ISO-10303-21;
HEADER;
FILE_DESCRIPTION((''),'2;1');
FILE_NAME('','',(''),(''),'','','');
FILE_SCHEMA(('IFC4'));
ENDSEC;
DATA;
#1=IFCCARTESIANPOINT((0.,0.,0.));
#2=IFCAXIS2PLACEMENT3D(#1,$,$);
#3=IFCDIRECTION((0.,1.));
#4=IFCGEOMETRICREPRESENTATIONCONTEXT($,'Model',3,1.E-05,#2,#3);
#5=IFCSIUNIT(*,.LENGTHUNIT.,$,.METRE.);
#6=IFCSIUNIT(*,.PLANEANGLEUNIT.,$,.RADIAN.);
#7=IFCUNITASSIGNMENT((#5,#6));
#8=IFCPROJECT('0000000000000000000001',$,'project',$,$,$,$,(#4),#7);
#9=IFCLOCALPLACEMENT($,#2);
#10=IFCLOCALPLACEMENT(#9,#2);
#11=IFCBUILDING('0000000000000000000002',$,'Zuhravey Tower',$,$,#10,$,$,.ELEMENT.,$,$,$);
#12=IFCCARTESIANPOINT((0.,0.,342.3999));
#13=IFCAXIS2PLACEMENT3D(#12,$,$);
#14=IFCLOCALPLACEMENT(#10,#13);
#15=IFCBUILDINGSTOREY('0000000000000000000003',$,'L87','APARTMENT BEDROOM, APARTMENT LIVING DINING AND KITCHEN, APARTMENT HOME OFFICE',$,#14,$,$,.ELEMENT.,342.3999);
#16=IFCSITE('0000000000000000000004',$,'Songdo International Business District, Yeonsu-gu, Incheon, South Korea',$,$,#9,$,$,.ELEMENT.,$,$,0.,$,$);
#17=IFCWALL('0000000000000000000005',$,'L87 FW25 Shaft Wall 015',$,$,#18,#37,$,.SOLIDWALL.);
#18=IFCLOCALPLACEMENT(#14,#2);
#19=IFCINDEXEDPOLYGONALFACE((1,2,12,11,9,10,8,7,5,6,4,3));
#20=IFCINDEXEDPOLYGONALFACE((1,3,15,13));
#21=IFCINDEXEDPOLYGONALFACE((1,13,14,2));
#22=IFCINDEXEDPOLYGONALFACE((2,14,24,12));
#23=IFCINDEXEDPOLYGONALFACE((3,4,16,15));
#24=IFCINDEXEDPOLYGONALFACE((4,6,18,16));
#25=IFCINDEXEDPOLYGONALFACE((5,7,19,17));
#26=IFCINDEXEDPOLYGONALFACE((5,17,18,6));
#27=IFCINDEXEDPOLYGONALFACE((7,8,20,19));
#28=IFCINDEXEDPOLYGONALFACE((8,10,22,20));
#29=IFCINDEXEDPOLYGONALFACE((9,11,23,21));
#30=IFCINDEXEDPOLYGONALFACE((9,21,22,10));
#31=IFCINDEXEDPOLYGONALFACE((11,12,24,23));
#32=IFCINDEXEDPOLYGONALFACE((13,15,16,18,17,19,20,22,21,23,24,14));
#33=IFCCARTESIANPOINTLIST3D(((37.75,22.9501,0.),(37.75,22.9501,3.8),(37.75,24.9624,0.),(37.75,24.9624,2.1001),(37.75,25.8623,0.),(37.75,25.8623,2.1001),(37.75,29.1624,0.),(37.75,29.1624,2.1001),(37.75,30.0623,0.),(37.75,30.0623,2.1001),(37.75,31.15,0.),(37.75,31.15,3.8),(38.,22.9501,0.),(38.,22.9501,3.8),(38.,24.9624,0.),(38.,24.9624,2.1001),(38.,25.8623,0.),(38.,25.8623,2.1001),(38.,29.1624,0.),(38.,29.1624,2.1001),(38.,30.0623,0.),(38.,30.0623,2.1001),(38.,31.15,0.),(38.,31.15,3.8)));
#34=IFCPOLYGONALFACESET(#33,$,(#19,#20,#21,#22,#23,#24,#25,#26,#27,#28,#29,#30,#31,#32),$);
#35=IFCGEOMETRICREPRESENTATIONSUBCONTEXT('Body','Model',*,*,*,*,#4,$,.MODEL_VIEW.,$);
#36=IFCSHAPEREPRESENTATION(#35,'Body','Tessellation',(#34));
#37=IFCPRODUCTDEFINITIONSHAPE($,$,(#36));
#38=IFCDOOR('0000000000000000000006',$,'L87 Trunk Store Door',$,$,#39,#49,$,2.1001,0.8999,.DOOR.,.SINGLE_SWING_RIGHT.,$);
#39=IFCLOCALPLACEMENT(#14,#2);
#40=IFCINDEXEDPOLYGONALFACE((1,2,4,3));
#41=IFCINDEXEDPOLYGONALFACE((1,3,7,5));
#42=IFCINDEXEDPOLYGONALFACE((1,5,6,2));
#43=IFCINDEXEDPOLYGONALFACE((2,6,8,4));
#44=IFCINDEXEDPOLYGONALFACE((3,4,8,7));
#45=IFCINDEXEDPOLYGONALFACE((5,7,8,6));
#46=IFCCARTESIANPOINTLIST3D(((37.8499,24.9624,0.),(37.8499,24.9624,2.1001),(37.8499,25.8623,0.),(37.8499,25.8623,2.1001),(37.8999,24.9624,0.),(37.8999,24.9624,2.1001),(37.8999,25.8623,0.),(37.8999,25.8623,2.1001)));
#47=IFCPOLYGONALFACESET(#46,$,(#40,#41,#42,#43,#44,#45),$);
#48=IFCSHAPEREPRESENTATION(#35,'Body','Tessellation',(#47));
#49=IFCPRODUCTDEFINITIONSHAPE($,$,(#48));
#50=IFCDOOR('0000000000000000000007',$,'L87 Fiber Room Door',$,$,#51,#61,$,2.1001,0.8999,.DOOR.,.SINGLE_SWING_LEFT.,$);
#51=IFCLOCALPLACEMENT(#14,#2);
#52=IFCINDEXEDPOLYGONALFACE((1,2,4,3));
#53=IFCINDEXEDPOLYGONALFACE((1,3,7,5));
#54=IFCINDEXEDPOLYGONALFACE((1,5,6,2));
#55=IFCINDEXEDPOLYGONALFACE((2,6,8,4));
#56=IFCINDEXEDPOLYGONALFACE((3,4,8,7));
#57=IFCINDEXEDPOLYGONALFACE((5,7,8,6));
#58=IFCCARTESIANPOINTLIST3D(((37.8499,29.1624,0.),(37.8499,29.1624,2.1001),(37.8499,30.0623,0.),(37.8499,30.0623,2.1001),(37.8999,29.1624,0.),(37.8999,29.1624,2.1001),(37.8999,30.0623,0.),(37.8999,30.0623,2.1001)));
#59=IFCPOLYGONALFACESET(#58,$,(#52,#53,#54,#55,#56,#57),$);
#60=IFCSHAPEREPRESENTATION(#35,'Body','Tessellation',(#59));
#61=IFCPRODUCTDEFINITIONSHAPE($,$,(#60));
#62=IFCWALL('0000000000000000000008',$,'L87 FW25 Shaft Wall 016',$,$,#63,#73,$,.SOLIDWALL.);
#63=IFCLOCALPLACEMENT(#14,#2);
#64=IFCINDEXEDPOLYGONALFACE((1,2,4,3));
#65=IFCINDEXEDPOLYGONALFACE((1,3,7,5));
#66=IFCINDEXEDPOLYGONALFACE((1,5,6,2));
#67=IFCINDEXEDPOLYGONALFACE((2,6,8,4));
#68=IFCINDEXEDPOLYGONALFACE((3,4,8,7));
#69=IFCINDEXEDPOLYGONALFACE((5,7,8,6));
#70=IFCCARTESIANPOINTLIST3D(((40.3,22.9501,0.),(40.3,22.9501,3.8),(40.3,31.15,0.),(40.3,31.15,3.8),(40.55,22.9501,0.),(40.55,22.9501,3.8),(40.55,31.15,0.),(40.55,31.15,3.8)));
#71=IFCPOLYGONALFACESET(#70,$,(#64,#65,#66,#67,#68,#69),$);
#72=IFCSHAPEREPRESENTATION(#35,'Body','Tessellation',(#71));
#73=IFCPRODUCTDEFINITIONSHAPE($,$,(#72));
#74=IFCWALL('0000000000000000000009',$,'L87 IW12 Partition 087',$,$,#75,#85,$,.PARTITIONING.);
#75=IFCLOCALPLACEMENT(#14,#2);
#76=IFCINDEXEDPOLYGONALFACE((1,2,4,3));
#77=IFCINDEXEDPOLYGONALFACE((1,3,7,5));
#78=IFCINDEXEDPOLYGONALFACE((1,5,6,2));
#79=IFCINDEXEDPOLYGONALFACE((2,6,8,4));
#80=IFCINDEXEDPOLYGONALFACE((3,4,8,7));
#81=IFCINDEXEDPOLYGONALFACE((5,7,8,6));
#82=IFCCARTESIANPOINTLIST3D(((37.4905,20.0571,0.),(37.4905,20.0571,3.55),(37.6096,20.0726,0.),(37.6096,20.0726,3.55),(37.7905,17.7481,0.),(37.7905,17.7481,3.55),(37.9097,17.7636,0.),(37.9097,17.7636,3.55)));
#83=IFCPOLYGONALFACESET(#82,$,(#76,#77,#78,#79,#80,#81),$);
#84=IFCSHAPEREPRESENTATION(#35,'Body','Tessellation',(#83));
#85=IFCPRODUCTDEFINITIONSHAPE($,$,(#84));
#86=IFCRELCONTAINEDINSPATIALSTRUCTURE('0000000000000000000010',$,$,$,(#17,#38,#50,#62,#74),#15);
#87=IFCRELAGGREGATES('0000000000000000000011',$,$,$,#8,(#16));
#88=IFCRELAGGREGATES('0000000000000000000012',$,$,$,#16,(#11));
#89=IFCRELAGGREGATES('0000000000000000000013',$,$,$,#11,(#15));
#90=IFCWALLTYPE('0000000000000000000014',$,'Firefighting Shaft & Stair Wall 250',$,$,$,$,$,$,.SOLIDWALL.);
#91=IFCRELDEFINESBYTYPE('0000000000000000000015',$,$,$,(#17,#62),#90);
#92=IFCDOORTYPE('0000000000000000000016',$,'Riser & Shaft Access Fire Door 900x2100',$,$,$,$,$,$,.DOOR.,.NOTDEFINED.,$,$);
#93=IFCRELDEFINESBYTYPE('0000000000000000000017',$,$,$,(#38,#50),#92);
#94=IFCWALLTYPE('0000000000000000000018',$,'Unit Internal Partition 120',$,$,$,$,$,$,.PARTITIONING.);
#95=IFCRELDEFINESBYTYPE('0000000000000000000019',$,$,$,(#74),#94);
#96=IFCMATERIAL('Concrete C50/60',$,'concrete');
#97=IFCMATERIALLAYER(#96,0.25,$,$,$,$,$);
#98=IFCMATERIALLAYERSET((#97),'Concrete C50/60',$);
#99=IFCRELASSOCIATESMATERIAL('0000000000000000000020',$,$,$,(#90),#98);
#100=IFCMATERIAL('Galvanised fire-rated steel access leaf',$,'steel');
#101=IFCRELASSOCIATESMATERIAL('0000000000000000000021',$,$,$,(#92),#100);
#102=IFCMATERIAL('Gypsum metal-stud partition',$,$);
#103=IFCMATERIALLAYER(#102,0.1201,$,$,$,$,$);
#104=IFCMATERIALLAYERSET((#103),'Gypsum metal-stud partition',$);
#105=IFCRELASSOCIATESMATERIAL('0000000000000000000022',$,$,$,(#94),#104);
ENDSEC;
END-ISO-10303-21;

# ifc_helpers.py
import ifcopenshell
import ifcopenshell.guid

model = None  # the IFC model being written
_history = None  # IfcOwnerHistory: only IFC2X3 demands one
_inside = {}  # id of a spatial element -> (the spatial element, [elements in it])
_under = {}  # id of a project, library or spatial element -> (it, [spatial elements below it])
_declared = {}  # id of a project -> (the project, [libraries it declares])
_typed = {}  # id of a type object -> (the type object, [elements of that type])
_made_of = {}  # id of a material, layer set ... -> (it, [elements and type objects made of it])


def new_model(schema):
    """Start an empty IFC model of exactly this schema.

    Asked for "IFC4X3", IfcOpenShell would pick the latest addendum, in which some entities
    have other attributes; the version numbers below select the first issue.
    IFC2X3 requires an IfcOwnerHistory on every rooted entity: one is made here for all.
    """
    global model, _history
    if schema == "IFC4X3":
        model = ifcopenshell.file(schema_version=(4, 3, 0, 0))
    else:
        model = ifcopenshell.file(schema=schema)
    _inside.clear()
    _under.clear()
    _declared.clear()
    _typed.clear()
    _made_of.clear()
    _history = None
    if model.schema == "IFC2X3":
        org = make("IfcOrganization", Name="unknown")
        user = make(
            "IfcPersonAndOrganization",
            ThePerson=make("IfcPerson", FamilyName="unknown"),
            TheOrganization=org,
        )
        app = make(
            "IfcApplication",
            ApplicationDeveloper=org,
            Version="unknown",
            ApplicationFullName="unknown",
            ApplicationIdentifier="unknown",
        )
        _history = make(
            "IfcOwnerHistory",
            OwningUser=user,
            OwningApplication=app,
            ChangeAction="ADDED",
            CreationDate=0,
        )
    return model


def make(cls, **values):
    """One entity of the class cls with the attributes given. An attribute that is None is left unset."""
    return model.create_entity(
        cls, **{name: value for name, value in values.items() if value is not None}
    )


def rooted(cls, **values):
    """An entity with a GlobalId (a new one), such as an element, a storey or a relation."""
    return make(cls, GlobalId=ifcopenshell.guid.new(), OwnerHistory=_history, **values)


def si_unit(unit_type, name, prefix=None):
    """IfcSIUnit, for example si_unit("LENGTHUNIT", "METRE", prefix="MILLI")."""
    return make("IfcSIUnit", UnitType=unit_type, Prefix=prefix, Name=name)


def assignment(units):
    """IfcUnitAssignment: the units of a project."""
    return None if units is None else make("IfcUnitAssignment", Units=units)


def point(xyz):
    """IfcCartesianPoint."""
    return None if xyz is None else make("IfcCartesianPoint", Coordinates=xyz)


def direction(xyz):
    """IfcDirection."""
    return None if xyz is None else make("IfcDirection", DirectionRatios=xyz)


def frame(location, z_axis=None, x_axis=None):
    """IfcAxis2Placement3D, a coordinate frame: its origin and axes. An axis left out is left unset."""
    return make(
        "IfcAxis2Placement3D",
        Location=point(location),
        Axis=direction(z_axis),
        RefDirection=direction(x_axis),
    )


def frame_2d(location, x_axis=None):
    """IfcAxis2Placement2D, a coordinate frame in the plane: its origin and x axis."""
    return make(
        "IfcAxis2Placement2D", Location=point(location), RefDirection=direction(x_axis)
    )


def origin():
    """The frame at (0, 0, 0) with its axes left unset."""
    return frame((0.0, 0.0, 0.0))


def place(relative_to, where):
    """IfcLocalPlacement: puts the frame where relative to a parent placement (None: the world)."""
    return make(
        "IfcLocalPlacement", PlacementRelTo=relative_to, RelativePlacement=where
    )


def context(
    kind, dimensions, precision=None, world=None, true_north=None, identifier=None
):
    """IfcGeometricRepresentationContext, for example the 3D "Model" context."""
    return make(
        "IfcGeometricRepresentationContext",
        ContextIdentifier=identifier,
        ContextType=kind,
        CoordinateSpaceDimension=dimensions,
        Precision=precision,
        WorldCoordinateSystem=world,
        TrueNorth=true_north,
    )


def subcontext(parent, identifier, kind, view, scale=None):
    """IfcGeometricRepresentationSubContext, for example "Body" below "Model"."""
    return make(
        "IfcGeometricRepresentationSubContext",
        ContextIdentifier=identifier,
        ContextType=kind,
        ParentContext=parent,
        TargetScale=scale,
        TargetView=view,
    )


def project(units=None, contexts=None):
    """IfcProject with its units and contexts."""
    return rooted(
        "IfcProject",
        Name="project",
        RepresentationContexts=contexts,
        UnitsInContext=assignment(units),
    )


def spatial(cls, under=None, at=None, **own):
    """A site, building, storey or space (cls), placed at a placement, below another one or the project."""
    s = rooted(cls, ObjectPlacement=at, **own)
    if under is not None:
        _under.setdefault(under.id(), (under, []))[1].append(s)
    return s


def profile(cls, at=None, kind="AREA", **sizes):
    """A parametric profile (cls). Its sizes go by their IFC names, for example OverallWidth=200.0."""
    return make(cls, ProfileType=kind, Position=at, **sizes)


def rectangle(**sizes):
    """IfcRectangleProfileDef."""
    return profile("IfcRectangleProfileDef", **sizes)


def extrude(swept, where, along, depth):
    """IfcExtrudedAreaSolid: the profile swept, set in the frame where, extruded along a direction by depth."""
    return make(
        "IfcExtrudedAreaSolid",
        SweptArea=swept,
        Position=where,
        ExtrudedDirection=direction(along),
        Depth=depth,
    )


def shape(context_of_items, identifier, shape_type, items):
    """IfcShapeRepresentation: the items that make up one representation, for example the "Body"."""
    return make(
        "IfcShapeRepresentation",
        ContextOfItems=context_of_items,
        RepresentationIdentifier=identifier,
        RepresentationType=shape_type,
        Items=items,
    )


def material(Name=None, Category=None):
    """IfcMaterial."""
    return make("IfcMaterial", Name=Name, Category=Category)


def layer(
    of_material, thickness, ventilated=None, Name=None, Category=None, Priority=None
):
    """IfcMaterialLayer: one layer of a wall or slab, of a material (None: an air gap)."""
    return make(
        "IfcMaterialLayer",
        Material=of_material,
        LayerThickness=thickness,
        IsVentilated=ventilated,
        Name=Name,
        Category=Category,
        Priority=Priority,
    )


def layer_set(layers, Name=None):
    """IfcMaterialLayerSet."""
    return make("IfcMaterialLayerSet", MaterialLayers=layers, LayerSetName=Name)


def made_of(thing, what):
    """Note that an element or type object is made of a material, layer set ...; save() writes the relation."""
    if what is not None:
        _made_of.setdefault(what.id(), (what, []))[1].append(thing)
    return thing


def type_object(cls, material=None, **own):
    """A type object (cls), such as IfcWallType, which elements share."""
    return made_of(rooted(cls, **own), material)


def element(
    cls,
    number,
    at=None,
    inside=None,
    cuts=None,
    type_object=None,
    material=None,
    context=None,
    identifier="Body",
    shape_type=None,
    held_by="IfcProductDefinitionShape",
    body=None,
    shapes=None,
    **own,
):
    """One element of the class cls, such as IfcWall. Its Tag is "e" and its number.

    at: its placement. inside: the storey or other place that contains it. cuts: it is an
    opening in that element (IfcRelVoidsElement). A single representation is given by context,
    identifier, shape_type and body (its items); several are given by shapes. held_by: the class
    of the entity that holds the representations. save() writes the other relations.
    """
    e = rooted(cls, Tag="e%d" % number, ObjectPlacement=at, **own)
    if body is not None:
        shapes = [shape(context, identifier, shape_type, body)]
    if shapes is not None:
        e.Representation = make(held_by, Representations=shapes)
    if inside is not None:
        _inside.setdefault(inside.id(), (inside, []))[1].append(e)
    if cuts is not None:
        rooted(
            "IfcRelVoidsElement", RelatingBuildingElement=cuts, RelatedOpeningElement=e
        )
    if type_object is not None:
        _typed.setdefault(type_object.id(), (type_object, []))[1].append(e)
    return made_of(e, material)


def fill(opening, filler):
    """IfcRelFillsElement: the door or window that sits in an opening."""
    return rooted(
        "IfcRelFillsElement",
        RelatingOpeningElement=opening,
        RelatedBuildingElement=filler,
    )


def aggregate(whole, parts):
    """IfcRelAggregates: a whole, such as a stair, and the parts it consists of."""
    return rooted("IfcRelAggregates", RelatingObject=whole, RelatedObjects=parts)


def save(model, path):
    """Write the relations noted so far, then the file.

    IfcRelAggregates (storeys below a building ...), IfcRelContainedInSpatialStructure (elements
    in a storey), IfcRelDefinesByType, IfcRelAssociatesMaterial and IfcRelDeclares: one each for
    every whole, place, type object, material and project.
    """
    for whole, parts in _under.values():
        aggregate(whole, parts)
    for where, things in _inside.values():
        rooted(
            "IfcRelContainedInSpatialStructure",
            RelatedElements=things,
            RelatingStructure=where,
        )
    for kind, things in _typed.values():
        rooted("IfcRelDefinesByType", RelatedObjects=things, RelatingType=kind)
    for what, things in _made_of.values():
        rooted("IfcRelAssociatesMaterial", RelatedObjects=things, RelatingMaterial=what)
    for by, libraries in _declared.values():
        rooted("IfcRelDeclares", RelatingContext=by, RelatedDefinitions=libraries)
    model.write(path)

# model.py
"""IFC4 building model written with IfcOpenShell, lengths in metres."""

from ifc_helpers import new_model, si_unit, direction, frame, frame_2d, origin, place, context, subcontext, project, spatial, rectangle, extrude, material, layer, layer_set, type_object, element, fill, save


model = new_model("IFC4")

# Units and contexts
model_context = context("Model", 3, precision=1e-05, world=origin(), true_north=direction((0.0, 1.0)))
body_context = subcontext(model_context, "Body", "Model", "MODEL_VIEW")
ifc_project = project(units=[si_unit("LENGTHUNIT", "METRE"), si_unit("PLANEANGLEUNIT", "RADIAN")], contexts=[model_context])

# Site, building, storey
site_placement = place(None, origin())
site = spatial("IfcSite", under=ifc_project, at=site_placement, Name="Songdo International Business District, Yeonsu-gu, Incheon, South Korea", CompositionType="ELEMENT", RefElevation=0.0)
building_placement = place(site_placement, origin())
building = spatial("IfcBuilding", under=site, at=building_placement, Name="Zuhravey Tower", CompositionType="ELEMENT")
storey_placement = place(building_placement, frame((0.0, 0.0, 342.3999)))
storey = spatial("IfcBuildingStorey", under=building, at=storey_placement, Name="L87", Description="APARTMENT BEDROOM, APARTMENT LIVING DINING AND KITCHEN, APARTMENT HOME OFFICE", CompositionType="ELEMENT", Elevation=342.3999)

# Shared definitions
ifc_material_1 = material(Name="Concrete C50/60", Category="concrete")

# Shared definitions
ifc_layer_1 = layer(ifc_material_1, 0.25)
ifc_layer_set_1 = layer_set([ifc_layer_1], Name="Concrete C50/60")
wall_type_1 = type_object("IfcWallType", Name="Firefighting Shaft & Stair Wall 250", PredefinedType="SOLIDWALL", material=ifc_layer_set_1)

# Wall, openings, doors
wall_1_placement = place(storey_placement, frame((37.875, 22.95, 0.0), z_axis=(0.0, 0.0, 1.0), x_axis=(0.0, 1.0, 0.0)))
wall_1 = element("IfcWall", 1, at=wall_1_placement, inside=storey, type_object=wall_type_1, Name="L87 FW25 Shaft Wall 015", PredefinedType="SOLIDWALL", context=body_context, shape_type="SweptSolid", body=[
    extrude(rectangle(XDim=8.2, YDim=0.25, at=frame_2d((4.1001, 0.0))), origin(), (0.0, 0.0, 1.0), 3.8),
])
opening_1_placement = place(wall_1_placement, frame((2.0125, 0.0, 0.0)))
opening_1 = element("IfcOpeningElement", 2, at=opening_1_placement, cuts=wall_1, PredefinedType="OPENING", context=body_context, shape_type="SweptSolid", body=[
    extrude(rectangle(XDim=0.8999, YDim=2.1001, at=frame_2d((0.45, 1.05))), frame((0.0, 0.137, 0.0), z_axis=(0.0, -1.0, 0.0), x_axis=(1.0, 0.0, 0.0)), (0.0, 0.0, 1.0), 0.2739),
])
opening_2_placement = place(wall_1_placement, frame((6.2124, 0.0, 0.0)))
opening_2 = element("IfcOpeningElement", 3, at=opening_2_placement, cuts=wall_1, PredefinedType="OPENING", context=body_context, shape_type="SweptSolid", body=[
    extrude(rectangle(XDim=0.8999, YDim=2.1001, at=frame_2d((0.45, 1.05))), frame((0.0, 0.137, 0.0), z_axis=(0.0, -1.0, 0.0), x_axis=(1.0, 0.0, 0.0)), (0.0, 0.0, 1.0), 0.2739),
])
ifc_material_2 = material(Name="Galvanised fire-rated steel access leaf", Category="steel")
door_type_1 = type_object("IfcDoorType", Name="Riser & Shaft Access Fire Door 900x2100", OperationType="NOTDEFINED", PredefinedType="DOOR", material=ifc_material_2)
door_1_placement = place(opening_1_placement, frame((0.8999, 0.0, 0.0), z_axis=(0.0, 0.0, 1.0), x_axis=(-1.0, 0.0, 0.0)))
door_1 = element("IfcDoor", 4, at=door_1_placement, inside=storey, type_object=door_type_1, Name="L87 Trunk Store Door", OperationType="SINGLE_SWING_RIGHT", OverallHeight=2.1001, OverallWidth=0.8999, PredefinedType="DOOR", context=body_context, shape_type="SweptSolid", body=[
    extrude(rectangle(XDim=0.8999, YDim=2.1001, at=frame_2d((0.45, 1.05))), frame((0.0, 0.0249, 0.0), z_axis=(0.0, -1.0, 0.0), x_axis=(1.0, 0.0, 0.0)), (0.0, 0.0, 1.0), 0.05),
])
fill(opening_1, door_1)
door_2_placement = place(opening_2_placement, frame((0.8999, 0.0, 0.0), z_axis=(0.0, 0.0, 1.0), x_axis=(-1.0, 0.0, 0.0)))
door_2 = element("IfcDoor", 5, at=door_2_placement, inside=storey, type_object=door_type_1, Name="L87 Fiber Room Door", OperationType="SINGLE_SWING_LEFT", OverallHeight=2.1001, OverallWidth=0.8999, PredefinedType="DOOR", context=body_context, shape_type="SweptSolid", body=[
    extrude(rectangle(XDim=0.8999, YDim=2.1001, at=frame_2d((0.45, 1.05))), frame((0.0, 0.0249, 0.0), z_axis=(0.0, -1.0, 0.0), x_axis=(1.0, 0.0, 0.0)), (0.0, 0.0, 1.0), 0.05),
])
fill(opening_2, door_2)

# Walls
wall_2_placement = place(storey_placement, frame((40.425, 22.95, 0.0), z_axis=(0.0, 0.0, 1.0), x_axis=(0.0, 1.0, 0.0)))
element("IfcWall", 6, at=wall_2_placement, inside=storey, type_object=wall_type_1, Name="L87 FW25 Shaft Wall 016", PredefinedType="SOLIDWALL", context=body_context, shape_type="SweptSolid", body=[
    extrude(rectangle(XDim=8.2, YDim=0.25, at=frame_2d((4.1001, 0.0))), origin(), (0.0, 0.0, 1.0), 3.8),
])
ifc_material_3 = material(Name="Gypsum metal-stud partition")
ifc_layer_2 = layer(ifc_material_3, 0.1201)
ifc_layer_set_2 = layer_set([ifc_layer_2], Name="Gypsum metal-stud partition")
wall_type_2 = type_object("IfcWallType", Name="Unit Internal Partition 120", PredefinedType="PARTITIONING", material=ifc_layer_set_2)
wall_3_placement = place(storey_placement, frame((37.55, 20.0647, 0.0), z_axis=(0.0, 0.0, 1.0), x_axis=(0.128873, -0.991661, 0.0)))
element("IfcWall", 7, at=wall_3_placement, inside=storey, type_object=wall_type_2, Name="L87 IW12 Partition 087", PredefinedType="PARTITIONING", context=body_context, shape_type="SweptSolid", body=[
    extrude(rectangle(XDim=2.3284, YDim=0.1201, at=frame_2d((1.1641, 0.0))), origin(), (0.0, 0.0, 1.0), 3.55),
])

save(model, "model.ifc")
